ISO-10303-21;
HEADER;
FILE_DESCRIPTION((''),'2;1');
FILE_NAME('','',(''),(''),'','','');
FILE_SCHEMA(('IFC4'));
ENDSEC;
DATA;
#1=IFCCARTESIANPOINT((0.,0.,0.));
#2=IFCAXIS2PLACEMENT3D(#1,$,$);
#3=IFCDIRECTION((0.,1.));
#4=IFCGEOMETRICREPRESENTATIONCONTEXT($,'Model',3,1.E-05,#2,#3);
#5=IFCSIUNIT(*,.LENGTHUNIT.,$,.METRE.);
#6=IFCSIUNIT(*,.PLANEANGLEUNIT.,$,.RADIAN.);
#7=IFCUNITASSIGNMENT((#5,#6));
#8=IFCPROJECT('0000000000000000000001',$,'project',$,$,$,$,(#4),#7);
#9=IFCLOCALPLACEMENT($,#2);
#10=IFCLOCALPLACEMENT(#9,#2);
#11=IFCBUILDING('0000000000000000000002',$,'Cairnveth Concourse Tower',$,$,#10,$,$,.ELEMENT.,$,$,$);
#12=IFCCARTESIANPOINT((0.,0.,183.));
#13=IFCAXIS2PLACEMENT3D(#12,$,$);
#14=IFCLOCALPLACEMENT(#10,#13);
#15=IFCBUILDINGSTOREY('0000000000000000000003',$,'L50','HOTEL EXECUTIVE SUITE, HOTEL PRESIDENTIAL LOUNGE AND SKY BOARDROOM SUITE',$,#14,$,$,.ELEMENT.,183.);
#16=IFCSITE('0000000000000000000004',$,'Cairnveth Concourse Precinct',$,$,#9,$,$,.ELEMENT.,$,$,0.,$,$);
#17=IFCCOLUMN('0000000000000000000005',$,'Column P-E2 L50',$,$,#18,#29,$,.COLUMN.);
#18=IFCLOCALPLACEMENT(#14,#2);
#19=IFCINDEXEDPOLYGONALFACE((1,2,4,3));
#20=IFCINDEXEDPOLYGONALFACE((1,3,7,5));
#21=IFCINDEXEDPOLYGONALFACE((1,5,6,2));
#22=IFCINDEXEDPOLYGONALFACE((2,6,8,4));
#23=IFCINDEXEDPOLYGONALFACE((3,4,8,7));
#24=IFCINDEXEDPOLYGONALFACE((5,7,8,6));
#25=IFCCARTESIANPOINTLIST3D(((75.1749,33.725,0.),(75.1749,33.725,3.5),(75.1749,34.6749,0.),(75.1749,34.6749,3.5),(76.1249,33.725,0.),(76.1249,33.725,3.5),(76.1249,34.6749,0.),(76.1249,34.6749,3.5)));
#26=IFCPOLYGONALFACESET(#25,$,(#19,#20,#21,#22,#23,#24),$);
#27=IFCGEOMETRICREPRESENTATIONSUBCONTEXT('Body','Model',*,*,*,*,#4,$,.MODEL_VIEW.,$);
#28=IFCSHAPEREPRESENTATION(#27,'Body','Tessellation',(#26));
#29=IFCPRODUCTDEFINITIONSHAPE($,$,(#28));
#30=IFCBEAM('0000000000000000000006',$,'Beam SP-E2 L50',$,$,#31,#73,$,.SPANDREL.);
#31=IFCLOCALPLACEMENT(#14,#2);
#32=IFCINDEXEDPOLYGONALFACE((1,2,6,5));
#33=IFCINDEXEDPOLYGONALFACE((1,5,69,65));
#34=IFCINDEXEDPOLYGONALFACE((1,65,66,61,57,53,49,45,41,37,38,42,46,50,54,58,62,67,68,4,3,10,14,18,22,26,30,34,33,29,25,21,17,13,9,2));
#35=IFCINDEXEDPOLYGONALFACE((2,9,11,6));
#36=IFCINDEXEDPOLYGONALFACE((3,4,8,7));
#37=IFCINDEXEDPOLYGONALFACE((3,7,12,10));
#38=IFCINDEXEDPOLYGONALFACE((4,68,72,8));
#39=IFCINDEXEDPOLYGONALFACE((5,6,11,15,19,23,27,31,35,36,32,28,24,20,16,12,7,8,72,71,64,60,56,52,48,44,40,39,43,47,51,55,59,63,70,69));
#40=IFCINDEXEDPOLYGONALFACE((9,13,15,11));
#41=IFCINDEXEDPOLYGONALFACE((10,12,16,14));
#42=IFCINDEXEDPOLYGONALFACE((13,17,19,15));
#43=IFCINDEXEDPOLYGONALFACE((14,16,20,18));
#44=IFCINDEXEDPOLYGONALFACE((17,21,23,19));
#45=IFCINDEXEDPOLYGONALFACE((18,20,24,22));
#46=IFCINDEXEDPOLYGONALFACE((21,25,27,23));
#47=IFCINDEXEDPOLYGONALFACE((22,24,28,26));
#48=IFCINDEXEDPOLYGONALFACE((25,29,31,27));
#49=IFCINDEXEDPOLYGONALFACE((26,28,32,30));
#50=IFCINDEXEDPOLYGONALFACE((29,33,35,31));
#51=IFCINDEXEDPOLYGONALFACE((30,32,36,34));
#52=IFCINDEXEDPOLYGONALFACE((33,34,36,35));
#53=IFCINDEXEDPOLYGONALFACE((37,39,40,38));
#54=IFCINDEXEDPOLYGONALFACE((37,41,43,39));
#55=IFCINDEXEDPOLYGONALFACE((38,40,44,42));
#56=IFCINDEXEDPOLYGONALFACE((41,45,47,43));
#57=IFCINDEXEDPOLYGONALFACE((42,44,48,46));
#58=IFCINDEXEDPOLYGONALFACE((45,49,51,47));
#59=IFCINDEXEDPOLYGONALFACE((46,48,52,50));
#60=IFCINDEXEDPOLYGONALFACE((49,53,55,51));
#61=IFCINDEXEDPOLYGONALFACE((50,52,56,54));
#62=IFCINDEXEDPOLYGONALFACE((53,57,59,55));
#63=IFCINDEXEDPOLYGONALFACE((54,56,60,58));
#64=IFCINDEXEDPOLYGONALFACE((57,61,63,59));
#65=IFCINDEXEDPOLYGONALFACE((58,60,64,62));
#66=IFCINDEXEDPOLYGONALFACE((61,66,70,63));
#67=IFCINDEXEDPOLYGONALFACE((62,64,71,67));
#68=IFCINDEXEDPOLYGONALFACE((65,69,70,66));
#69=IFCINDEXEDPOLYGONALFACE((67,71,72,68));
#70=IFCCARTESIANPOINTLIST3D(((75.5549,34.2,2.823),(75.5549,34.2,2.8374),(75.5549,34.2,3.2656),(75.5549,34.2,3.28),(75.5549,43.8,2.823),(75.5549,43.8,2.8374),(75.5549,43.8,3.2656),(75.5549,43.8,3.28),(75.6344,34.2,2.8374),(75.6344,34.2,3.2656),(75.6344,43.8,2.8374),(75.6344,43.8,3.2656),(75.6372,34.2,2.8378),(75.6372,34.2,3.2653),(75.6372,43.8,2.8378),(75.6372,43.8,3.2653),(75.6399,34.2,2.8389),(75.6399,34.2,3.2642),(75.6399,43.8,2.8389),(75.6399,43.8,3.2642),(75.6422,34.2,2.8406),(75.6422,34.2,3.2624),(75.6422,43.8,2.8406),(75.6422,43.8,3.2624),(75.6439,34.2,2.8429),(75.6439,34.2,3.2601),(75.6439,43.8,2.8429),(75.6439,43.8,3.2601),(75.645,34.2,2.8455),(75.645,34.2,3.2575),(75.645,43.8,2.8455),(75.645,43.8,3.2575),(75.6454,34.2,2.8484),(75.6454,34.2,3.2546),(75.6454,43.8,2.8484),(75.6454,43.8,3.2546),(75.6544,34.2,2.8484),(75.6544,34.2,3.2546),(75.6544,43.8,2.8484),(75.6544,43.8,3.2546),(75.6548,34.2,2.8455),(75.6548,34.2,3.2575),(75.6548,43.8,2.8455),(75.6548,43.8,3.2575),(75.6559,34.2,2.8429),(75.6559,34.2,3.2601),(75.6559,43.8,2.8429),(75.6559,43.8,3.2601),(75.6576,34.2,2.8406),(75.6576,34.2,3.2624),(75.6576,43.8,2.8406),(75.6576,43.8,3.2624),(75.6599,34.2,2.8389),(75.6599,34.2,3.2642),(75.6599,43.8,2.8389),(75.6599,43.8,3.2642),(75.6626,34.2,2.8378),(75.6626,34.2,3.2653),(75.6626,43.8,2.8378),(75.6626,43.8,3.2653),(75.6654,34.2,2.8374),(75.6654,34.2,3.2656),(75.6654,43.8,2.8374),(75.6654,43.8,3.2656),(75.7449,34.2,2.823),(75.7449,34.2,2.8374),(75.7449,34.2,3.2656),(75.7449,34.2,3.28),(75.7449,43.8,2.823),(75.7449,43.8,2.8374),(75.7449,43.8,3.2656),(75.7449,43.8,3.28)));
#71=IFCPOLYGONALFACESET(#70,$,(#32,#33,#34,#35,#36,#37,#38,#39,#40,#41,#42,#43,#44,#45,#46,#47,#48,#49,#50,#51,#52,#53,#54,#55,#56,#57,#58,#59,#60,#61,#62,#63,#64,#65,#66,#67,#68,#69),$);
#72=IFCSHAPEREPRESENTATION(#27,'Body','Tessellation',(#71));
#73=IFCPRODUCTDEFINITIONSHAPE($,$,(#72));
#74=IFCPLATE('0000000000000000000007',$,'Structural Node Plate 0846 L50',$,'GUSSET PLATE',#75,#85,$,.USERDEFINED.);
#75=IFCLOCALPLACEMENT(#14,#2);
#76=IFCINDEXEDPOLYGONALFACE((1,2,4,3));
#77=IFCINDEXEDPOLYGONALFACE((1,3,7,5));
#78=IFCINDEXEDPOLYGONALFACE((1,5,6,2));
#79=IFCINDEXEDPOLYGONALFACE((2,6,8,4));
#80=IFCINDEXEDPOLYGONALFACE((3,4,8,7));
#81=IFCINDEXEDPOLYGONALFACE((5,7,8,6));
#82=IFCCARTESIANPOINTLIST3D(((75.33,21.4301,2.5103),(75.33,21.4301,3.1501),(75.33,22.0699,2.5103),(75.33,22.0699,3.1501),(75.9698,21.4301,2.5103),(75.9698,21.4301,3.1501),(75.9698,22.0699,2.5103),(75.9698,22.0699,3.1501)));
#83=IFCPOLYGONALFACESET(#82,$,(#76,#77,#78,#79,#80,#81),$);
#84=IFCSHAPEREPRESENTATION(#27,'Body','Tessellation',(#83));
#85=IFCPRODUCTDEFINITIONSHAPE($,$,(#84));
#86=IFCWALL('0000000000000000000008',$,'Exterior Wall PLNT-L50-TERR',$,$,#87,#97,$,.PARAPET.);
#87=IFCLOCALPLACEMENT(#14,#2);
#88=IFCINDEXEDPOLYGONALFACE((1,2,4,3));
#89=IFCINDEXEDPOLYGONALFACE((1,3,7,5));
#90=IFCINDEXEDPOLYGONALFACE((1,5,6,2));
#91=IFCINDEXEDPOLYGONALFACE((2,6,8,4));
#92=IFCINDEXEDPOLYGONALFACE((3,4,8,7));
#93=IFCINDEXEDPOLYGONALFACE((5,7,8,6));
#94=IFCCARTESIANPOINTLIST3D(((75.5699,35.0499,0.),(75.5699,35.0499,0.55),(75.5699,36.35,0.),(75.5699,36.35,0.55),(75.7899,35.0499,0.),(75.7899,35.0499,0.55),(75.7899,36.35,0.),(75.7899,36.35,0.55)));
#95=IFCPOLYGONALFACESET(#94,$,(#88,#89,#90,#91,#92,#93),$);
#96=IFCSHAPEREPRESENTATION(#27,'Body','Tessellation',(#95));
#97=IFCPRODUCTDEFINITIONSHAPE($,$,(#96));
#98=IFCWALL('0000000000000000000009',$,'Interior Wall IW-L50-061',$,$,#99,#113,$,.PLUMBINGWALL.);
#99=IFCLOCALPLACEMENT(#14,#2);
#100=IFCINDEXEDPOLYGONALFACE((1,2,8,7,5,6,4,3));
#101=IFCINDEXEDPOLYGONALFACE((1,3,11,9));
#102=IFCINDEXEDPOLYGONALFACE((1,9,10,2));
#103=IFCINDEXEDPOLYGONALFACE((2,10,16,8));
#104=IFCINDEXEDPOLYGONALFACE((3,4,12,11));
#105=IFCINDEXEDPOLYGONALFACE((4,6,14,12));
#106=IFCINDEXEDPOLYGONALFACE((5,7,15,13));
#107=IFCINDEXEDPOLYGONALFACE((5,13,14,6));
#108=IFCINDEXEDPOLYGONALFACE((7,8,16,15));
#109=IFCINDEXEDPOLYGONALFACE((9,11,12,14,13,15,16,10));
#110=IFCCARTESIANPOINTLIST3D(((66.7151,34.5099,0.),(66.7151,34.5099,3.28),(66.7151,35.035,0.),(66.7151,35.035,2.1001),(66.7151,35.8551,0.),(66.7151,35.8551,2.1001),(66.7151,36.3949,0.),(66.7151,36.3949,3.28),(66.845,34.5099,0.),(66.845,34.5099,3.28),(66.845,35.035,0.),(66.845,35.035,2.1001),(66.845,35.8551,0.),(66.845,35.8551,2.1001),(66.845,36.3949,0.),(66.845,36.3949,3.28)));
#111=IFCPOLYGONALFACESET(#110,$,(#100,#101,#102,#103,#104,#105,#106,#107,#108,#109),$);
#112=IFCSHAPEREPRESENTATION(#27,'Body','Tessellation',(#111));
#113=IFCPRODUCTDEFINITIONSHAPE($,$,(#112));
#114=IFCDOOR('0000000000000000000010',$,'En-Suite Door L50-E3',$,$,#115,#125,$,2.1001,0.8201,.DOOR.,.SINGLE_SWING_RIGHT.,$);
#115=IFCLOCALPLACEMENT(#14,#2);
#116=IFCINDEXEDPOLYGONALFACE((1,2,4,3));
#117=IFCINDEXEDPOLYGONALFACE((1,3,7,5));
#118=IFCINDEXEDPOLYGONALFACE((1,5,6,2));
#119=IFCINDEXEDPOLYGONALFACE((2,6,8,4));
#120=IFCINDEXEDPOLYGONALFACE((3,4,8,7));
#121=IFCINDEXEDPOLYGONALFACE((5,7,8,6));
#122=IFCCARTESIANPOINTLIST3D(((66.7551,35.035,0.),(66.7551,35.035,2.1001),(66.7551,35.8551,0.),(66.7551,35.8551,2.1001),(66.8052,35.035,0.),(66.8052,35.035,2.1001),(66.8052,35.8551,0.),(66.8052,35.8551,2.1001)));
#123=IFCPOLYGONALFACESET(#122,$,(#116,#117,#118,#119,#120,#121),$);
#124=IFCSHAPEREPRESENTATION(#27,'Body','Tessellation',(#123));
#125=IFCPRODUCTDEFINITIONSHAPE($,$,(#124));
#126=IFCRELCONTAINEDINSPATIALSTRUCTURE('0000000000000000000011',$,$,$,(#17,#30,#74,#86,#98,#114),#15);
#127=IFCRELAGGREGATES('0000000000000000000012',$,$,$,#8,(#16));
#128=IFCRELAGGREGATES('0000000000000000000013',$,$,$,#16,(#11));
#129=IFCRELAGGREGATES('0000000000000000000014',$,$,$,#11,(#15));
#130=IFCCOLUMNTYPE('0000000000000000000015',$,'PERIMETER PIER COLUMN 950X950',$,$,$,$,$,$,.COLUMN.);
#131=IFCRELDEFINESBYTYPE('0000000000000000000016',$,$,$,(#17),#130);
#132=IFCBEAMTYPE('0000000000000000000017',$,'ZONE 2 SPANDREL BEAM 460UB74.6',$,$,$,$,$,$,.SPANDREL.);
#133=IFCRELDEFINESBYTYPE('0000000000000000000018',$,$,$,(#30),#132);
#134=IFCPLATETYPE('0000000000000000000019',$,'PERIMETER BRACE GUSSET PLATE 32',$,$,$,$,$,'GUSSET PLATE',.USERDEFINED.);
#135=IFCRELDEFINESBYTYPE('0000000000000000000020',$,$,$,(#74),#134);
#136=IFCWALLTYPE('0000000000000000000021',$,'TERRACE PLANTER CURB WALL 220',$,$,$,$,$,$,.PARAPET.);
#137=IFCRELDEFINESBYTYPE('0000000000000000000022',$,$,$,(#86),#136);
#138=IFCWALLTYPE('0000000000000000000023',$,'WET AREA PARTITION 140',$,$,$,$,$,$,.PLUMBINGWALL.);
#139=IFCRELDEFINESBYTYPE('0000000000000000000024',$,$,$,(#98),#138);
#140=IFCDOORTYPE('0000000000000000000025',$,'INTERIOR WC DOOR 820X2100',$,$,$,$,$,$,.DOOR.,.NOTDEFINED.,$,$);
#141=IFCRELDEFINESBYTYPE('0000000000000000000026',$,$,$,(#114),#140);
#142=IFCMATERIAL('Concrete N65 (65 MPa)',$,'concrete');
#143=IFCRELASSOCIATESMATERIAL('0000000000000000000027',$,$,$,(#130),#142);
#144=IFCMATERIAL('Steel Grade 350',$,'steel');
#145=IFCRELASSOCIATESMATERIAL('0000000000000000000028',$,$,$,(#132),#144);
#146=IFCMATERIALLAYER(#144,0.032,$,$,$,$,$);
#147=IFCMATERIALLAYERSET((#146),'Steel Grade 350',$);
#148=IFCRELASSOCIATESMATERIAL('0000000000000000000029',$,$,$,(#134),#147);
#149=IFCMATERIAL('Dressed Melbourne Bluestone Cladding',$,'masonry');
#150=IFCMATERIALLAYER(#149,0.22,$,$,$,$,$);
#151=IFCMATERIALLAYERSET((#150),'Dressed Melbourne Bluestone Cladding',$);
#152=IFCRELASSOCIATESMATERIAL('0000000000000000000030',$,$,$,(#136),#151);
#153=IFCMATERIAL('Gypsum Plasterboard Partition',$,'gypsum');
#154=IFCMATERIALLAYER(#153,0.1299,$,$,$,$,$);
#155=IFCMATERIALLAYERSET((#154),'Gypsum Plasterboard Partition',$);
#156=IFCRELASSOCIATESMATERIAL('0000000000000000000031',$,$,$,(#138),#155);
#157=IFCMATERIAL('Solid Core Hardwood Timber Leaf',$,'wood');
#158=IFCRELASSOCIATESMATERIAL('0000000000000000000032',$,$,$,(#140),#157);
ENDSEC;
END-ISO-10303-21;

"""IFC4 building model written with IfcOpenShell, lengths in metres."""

from ifc_helpers import new_model, si_unit, direction, frame, frame_2d, origin, origin_2d, place, context, subcontext, project, spatial, rectangle, i_section, extrude, material, layer, layer_set, material_profile, profile_set, type_object, element, fill, save


model = new_model("IFC4")

# Units and contexts
model_context = context("Model", 3, precision=1e-05, world=origin(), true_north=direction((0.0, 1.0)))
body_context = subcontext(model_context, "Body", "Model", "MODEL_VIEW")
ifc_project = project(units=[si_unit("LENGTHUNIT", "METRE"), si_unit("PLANEANGLEUNIT", "RADIAN")], contexts=[model_context])

# Site, building, storey
site_placement = place(None, origin())
site = spatial("IfcSite", under=ifc_project, at=site_placement, Name="Cairnveth Concourse Precinct", CompositionType="ELEMENT", RefElevation=0.0)
building_placement = place(site_placement, origin())
building = spatial("IfcBuilding", under=site, at=building_placement, Name="Cairnveth Concourse Tower", CompositionType="ELEMENT")
storey_placement = place(building_placement, frame((0.0, 0.0, 183.0)))
storey = spatial("IfcBuildingStorey", under=building, at=storey_placement, Name="L50", Description="HOTEL EXECUTIVE SUITE, HOTEL PRESIDENTIAL LOUNGE AND SKY BOARDROOM SUITE", CompositionType="ELEMENT", Elevation=183.0)

# Column
ifc_material_1 = material(Name="Concrete N65 (65 MPa)", Category="concrete")
ifc_material_profile_1 = material_profile(ifc_material_1, rectangle(XDim=0.95, YDim=0.95, at=origin_2d()), Name="RC-COL-950x950")
ifc_profile_set_1 = profile_set([ifc_material_profile_1], Name="Concrete N65 (65 MPa)")
column_type = type_object("IfcColumnType", Name="PERIMETER PIER COLUMN 950X950", PredefinedType="COLUMN", material=ifc_profile_set_1)
column_placement = place(storey_placement, frame((75.6499, 34.2, 0.0), z_axis=(0.0, 0.0, 1.0), x_axis=(0.0, 1.0, 0.0)))
element("IfcColumn", 1, at=column_placement, inside=storey, type_object=column_type, Name="Column P-E2 L50", PredefinedType="COLUMN", context=body_context, shape_type="SweptSolid", body=[
    extrude(rectangle(XDim=0.95, YDim=0.95, at=origin_2d()), origin(), (0.0, 0.0, 1.0), 3.5),
])

# Beam
ifc_material_2 = material(Name="Steel Grade 350", Category="steel")
ifc_material_profile_2 = material_profile(ifc_material_2, i_section(OverallWidth=0.1899, OverallDepth=0.457, WebThickness=0.009, FlangeThickness=0.0144, FilletRadius=0.011, at=origin_2d()), Name="460UB74.6")
ifc_profile_set_2 = profile_set([ifc_material_profile_2], Name="Steel Grade 350")
beam_type = type_object("IfcBeamType", Name="ZONE 2 SPANDREL BEAM 460UB74.6", PredefinedType="SPANDREL", material=ifc_profile_set_2)
beam_placement = place(storey_placement, frame((75.6499, 34.2, 3.0515), z_axis=(0.0, 1.0, 0.0), x_axis=(-1.0, 0.0, 0.0)))
element("IfcBeam", 2, at=beam_placement, inside=storey, type_object=beam_type, Name="Beam SP-E2 L50", PredefinedType="SPANDREL", context=body_context, shape_type="SweptSolid", body=[
    extrude(i_section(OverallWidth=0.1899, OverallDepth=0.457, WebThickness=0.009, FlangeThickness=0.0144, FilletRadius=0.011, at=origin_2d()), origin(), (0.0, 0.0, 1.0), 9.6001),
])

# Plate
ifc_layer_1 = layer(ifc_material_2, 0.032)
ifc_layer_set_1 = layer_set([ifc_layer_1], Name="Steel Grade 350")
plate_type = type_object("IfcPlateType", Name="PERIMETER BRACE GUSSET PLATE 32", ElementType="GUSSET PLATE", PredefinedType="USERDEFINED", material=ifc_layer_set_1)
plate_placement = place(storey_placement, frame((75.6499, 21.75, 2.5103), z_axis=(0.0, 0.0, 1.0), x_axis=(1.0, 0.0, 0.0)))
element("IfcPlate", 3, at=plate_placement, inside=storey, type_object=plate_type, Name="Structural Node Plate 0846 L50", ObjectType="GUSSET PLATE", PredefinedType="USERDEFINED", context=body_context, shape_type="SweptSolid", body=[
    extrude(rectangle(XDim=0.6399, YDim=0.6399, at=origin_2d()), origin(), (0.0, 0.0, 1.0), 0.6399),
])

# Wall
ifc_material_3 = material(Name="Dressed Melbourne Bluestone Cladding", Category="masonry")
ifc_layer_2 = layer(ifc_material_3, 0.22)
ifc_layer_set_2 = layer_set([ifc_layer_2], Name="Dressed Melbourne Bluestone Cladding")
wall_type_1 = type_object("IfcWallType", Name="TERRACE PLANTER CURB WALL 220", PredefinedType="PARAPET", material=ifc_layer_set_2)
wall_1_placement = place(storey_placement, frame((75.6799, 35.05, 0.0), z_axis=(0.0, 0.0, 1.0), x_axis=(0.0, 1.0, 0.0)))
element("IfcWall", 4, at=wall_1_placement, inside=storey, type_object=wall_type_1, Name="Exterior Wall PLNT-L50-TERR", PredefinedType="PARAPET", context=body_context, shape_type="SweptSolid", body=[
    extrude(rectangle(XDim=1.3, YDim=0.22, at=frame_2d((0.6499, 0.0))), origin(), (0.0, 0.0, 1.0), 0.55),
])

# Wall, opening, door
ifc_material_4 = material(Name="Gypsum Plasterboard Partition", Category="gypsum")
ifc_layer_3 = layer(ifc_material_4, 0.1299)
ifc_layer_set_3 = layer_set([ifc_layer_3], Name="Gypsum Plasterboard Partition")
wall_type_2 = type_object("IfcWallType", Name="WET AREA PARTITION 140", PredefinedType="PLUMBINGWALL", material=ifc_layer_set_3)
wall_2_placement = place(storey_placement, frame((66.78, 34.51, 0.0), z_axis=(0.0, 0.0, 1.0), x_axis=(0.0, 1.0, 0.0)))
wall_2 = element("IfcWall", 5, at=wall_2_placement, inside=storey, type_object=wall_type_2, Name="Interior Wall IW-L50-061", PredefinedType="PLUMBINGWALL", context=body_context, shape_type="SweptSolid", body=[
    extrude(rectangle(XDim=1.885, YDim=0.1299, at=frame_2d((0.9424, 0.0))), origin(), (0.0, 0.0, 1.0), 3.28),
])
opening_1_placement = place(wall_2_placement, frame((0.5249, 0.0, 0.0)))
opening_1 = element("IfcOpeningElement", 6, at=opening_1_placement, cuts=wall_2, PredefinedType="OPENING", context=body_context, shape_type="SweptSolid", body=[
    extrude(rectangle(XDim=0.8201, YDim=2.1001, at=frame_2d((0.4102, 1.05))), frame((0.0, 0.075, 0.0), z_axis=(0.0, -1.0, 0.0), x_axis=(1.0, 0.0, 0.0)), (0.0, 0.0, 1.0), 0.1499),
])
ifc_material_5 = material(Name="Solid Core Hardwood Timber Leaf", Category="wood")
door_type = type_object("IfcDoorType", Name="INTERIOR WC DOOR 820X2100", OperationType="NOTDEFINED", PredefinedType="DOOR", material=ifc_material_5)
door_placement = place(opening_1_placement, origin())
door = element("IfcDoor", 7, at=door_placement, inside=storey, type_object=door_type, Name="En-Suite Door L50-E3", OperationType="SINGLE_SWING_RIGHT", OverallHeight=2.1001, OverallWidth=0.8201, PredefinedType="DOOR", context=body_context, shape_type="SweptSolid", body=[
    extrude(rectangle(XDim=0.8201, YDim=2.1001, at=frame_2d((0.4102, 1.05))), frame((0.0, 0.0249, 0.0), z_axis=(0.0, -1.0, 0.0), x_axis=(1.0, 0.0, 0.0)), (0.0, 0.0, 1.0), 0.05),
])
fill(opening_1, door)

save(model, "model.ifc")
